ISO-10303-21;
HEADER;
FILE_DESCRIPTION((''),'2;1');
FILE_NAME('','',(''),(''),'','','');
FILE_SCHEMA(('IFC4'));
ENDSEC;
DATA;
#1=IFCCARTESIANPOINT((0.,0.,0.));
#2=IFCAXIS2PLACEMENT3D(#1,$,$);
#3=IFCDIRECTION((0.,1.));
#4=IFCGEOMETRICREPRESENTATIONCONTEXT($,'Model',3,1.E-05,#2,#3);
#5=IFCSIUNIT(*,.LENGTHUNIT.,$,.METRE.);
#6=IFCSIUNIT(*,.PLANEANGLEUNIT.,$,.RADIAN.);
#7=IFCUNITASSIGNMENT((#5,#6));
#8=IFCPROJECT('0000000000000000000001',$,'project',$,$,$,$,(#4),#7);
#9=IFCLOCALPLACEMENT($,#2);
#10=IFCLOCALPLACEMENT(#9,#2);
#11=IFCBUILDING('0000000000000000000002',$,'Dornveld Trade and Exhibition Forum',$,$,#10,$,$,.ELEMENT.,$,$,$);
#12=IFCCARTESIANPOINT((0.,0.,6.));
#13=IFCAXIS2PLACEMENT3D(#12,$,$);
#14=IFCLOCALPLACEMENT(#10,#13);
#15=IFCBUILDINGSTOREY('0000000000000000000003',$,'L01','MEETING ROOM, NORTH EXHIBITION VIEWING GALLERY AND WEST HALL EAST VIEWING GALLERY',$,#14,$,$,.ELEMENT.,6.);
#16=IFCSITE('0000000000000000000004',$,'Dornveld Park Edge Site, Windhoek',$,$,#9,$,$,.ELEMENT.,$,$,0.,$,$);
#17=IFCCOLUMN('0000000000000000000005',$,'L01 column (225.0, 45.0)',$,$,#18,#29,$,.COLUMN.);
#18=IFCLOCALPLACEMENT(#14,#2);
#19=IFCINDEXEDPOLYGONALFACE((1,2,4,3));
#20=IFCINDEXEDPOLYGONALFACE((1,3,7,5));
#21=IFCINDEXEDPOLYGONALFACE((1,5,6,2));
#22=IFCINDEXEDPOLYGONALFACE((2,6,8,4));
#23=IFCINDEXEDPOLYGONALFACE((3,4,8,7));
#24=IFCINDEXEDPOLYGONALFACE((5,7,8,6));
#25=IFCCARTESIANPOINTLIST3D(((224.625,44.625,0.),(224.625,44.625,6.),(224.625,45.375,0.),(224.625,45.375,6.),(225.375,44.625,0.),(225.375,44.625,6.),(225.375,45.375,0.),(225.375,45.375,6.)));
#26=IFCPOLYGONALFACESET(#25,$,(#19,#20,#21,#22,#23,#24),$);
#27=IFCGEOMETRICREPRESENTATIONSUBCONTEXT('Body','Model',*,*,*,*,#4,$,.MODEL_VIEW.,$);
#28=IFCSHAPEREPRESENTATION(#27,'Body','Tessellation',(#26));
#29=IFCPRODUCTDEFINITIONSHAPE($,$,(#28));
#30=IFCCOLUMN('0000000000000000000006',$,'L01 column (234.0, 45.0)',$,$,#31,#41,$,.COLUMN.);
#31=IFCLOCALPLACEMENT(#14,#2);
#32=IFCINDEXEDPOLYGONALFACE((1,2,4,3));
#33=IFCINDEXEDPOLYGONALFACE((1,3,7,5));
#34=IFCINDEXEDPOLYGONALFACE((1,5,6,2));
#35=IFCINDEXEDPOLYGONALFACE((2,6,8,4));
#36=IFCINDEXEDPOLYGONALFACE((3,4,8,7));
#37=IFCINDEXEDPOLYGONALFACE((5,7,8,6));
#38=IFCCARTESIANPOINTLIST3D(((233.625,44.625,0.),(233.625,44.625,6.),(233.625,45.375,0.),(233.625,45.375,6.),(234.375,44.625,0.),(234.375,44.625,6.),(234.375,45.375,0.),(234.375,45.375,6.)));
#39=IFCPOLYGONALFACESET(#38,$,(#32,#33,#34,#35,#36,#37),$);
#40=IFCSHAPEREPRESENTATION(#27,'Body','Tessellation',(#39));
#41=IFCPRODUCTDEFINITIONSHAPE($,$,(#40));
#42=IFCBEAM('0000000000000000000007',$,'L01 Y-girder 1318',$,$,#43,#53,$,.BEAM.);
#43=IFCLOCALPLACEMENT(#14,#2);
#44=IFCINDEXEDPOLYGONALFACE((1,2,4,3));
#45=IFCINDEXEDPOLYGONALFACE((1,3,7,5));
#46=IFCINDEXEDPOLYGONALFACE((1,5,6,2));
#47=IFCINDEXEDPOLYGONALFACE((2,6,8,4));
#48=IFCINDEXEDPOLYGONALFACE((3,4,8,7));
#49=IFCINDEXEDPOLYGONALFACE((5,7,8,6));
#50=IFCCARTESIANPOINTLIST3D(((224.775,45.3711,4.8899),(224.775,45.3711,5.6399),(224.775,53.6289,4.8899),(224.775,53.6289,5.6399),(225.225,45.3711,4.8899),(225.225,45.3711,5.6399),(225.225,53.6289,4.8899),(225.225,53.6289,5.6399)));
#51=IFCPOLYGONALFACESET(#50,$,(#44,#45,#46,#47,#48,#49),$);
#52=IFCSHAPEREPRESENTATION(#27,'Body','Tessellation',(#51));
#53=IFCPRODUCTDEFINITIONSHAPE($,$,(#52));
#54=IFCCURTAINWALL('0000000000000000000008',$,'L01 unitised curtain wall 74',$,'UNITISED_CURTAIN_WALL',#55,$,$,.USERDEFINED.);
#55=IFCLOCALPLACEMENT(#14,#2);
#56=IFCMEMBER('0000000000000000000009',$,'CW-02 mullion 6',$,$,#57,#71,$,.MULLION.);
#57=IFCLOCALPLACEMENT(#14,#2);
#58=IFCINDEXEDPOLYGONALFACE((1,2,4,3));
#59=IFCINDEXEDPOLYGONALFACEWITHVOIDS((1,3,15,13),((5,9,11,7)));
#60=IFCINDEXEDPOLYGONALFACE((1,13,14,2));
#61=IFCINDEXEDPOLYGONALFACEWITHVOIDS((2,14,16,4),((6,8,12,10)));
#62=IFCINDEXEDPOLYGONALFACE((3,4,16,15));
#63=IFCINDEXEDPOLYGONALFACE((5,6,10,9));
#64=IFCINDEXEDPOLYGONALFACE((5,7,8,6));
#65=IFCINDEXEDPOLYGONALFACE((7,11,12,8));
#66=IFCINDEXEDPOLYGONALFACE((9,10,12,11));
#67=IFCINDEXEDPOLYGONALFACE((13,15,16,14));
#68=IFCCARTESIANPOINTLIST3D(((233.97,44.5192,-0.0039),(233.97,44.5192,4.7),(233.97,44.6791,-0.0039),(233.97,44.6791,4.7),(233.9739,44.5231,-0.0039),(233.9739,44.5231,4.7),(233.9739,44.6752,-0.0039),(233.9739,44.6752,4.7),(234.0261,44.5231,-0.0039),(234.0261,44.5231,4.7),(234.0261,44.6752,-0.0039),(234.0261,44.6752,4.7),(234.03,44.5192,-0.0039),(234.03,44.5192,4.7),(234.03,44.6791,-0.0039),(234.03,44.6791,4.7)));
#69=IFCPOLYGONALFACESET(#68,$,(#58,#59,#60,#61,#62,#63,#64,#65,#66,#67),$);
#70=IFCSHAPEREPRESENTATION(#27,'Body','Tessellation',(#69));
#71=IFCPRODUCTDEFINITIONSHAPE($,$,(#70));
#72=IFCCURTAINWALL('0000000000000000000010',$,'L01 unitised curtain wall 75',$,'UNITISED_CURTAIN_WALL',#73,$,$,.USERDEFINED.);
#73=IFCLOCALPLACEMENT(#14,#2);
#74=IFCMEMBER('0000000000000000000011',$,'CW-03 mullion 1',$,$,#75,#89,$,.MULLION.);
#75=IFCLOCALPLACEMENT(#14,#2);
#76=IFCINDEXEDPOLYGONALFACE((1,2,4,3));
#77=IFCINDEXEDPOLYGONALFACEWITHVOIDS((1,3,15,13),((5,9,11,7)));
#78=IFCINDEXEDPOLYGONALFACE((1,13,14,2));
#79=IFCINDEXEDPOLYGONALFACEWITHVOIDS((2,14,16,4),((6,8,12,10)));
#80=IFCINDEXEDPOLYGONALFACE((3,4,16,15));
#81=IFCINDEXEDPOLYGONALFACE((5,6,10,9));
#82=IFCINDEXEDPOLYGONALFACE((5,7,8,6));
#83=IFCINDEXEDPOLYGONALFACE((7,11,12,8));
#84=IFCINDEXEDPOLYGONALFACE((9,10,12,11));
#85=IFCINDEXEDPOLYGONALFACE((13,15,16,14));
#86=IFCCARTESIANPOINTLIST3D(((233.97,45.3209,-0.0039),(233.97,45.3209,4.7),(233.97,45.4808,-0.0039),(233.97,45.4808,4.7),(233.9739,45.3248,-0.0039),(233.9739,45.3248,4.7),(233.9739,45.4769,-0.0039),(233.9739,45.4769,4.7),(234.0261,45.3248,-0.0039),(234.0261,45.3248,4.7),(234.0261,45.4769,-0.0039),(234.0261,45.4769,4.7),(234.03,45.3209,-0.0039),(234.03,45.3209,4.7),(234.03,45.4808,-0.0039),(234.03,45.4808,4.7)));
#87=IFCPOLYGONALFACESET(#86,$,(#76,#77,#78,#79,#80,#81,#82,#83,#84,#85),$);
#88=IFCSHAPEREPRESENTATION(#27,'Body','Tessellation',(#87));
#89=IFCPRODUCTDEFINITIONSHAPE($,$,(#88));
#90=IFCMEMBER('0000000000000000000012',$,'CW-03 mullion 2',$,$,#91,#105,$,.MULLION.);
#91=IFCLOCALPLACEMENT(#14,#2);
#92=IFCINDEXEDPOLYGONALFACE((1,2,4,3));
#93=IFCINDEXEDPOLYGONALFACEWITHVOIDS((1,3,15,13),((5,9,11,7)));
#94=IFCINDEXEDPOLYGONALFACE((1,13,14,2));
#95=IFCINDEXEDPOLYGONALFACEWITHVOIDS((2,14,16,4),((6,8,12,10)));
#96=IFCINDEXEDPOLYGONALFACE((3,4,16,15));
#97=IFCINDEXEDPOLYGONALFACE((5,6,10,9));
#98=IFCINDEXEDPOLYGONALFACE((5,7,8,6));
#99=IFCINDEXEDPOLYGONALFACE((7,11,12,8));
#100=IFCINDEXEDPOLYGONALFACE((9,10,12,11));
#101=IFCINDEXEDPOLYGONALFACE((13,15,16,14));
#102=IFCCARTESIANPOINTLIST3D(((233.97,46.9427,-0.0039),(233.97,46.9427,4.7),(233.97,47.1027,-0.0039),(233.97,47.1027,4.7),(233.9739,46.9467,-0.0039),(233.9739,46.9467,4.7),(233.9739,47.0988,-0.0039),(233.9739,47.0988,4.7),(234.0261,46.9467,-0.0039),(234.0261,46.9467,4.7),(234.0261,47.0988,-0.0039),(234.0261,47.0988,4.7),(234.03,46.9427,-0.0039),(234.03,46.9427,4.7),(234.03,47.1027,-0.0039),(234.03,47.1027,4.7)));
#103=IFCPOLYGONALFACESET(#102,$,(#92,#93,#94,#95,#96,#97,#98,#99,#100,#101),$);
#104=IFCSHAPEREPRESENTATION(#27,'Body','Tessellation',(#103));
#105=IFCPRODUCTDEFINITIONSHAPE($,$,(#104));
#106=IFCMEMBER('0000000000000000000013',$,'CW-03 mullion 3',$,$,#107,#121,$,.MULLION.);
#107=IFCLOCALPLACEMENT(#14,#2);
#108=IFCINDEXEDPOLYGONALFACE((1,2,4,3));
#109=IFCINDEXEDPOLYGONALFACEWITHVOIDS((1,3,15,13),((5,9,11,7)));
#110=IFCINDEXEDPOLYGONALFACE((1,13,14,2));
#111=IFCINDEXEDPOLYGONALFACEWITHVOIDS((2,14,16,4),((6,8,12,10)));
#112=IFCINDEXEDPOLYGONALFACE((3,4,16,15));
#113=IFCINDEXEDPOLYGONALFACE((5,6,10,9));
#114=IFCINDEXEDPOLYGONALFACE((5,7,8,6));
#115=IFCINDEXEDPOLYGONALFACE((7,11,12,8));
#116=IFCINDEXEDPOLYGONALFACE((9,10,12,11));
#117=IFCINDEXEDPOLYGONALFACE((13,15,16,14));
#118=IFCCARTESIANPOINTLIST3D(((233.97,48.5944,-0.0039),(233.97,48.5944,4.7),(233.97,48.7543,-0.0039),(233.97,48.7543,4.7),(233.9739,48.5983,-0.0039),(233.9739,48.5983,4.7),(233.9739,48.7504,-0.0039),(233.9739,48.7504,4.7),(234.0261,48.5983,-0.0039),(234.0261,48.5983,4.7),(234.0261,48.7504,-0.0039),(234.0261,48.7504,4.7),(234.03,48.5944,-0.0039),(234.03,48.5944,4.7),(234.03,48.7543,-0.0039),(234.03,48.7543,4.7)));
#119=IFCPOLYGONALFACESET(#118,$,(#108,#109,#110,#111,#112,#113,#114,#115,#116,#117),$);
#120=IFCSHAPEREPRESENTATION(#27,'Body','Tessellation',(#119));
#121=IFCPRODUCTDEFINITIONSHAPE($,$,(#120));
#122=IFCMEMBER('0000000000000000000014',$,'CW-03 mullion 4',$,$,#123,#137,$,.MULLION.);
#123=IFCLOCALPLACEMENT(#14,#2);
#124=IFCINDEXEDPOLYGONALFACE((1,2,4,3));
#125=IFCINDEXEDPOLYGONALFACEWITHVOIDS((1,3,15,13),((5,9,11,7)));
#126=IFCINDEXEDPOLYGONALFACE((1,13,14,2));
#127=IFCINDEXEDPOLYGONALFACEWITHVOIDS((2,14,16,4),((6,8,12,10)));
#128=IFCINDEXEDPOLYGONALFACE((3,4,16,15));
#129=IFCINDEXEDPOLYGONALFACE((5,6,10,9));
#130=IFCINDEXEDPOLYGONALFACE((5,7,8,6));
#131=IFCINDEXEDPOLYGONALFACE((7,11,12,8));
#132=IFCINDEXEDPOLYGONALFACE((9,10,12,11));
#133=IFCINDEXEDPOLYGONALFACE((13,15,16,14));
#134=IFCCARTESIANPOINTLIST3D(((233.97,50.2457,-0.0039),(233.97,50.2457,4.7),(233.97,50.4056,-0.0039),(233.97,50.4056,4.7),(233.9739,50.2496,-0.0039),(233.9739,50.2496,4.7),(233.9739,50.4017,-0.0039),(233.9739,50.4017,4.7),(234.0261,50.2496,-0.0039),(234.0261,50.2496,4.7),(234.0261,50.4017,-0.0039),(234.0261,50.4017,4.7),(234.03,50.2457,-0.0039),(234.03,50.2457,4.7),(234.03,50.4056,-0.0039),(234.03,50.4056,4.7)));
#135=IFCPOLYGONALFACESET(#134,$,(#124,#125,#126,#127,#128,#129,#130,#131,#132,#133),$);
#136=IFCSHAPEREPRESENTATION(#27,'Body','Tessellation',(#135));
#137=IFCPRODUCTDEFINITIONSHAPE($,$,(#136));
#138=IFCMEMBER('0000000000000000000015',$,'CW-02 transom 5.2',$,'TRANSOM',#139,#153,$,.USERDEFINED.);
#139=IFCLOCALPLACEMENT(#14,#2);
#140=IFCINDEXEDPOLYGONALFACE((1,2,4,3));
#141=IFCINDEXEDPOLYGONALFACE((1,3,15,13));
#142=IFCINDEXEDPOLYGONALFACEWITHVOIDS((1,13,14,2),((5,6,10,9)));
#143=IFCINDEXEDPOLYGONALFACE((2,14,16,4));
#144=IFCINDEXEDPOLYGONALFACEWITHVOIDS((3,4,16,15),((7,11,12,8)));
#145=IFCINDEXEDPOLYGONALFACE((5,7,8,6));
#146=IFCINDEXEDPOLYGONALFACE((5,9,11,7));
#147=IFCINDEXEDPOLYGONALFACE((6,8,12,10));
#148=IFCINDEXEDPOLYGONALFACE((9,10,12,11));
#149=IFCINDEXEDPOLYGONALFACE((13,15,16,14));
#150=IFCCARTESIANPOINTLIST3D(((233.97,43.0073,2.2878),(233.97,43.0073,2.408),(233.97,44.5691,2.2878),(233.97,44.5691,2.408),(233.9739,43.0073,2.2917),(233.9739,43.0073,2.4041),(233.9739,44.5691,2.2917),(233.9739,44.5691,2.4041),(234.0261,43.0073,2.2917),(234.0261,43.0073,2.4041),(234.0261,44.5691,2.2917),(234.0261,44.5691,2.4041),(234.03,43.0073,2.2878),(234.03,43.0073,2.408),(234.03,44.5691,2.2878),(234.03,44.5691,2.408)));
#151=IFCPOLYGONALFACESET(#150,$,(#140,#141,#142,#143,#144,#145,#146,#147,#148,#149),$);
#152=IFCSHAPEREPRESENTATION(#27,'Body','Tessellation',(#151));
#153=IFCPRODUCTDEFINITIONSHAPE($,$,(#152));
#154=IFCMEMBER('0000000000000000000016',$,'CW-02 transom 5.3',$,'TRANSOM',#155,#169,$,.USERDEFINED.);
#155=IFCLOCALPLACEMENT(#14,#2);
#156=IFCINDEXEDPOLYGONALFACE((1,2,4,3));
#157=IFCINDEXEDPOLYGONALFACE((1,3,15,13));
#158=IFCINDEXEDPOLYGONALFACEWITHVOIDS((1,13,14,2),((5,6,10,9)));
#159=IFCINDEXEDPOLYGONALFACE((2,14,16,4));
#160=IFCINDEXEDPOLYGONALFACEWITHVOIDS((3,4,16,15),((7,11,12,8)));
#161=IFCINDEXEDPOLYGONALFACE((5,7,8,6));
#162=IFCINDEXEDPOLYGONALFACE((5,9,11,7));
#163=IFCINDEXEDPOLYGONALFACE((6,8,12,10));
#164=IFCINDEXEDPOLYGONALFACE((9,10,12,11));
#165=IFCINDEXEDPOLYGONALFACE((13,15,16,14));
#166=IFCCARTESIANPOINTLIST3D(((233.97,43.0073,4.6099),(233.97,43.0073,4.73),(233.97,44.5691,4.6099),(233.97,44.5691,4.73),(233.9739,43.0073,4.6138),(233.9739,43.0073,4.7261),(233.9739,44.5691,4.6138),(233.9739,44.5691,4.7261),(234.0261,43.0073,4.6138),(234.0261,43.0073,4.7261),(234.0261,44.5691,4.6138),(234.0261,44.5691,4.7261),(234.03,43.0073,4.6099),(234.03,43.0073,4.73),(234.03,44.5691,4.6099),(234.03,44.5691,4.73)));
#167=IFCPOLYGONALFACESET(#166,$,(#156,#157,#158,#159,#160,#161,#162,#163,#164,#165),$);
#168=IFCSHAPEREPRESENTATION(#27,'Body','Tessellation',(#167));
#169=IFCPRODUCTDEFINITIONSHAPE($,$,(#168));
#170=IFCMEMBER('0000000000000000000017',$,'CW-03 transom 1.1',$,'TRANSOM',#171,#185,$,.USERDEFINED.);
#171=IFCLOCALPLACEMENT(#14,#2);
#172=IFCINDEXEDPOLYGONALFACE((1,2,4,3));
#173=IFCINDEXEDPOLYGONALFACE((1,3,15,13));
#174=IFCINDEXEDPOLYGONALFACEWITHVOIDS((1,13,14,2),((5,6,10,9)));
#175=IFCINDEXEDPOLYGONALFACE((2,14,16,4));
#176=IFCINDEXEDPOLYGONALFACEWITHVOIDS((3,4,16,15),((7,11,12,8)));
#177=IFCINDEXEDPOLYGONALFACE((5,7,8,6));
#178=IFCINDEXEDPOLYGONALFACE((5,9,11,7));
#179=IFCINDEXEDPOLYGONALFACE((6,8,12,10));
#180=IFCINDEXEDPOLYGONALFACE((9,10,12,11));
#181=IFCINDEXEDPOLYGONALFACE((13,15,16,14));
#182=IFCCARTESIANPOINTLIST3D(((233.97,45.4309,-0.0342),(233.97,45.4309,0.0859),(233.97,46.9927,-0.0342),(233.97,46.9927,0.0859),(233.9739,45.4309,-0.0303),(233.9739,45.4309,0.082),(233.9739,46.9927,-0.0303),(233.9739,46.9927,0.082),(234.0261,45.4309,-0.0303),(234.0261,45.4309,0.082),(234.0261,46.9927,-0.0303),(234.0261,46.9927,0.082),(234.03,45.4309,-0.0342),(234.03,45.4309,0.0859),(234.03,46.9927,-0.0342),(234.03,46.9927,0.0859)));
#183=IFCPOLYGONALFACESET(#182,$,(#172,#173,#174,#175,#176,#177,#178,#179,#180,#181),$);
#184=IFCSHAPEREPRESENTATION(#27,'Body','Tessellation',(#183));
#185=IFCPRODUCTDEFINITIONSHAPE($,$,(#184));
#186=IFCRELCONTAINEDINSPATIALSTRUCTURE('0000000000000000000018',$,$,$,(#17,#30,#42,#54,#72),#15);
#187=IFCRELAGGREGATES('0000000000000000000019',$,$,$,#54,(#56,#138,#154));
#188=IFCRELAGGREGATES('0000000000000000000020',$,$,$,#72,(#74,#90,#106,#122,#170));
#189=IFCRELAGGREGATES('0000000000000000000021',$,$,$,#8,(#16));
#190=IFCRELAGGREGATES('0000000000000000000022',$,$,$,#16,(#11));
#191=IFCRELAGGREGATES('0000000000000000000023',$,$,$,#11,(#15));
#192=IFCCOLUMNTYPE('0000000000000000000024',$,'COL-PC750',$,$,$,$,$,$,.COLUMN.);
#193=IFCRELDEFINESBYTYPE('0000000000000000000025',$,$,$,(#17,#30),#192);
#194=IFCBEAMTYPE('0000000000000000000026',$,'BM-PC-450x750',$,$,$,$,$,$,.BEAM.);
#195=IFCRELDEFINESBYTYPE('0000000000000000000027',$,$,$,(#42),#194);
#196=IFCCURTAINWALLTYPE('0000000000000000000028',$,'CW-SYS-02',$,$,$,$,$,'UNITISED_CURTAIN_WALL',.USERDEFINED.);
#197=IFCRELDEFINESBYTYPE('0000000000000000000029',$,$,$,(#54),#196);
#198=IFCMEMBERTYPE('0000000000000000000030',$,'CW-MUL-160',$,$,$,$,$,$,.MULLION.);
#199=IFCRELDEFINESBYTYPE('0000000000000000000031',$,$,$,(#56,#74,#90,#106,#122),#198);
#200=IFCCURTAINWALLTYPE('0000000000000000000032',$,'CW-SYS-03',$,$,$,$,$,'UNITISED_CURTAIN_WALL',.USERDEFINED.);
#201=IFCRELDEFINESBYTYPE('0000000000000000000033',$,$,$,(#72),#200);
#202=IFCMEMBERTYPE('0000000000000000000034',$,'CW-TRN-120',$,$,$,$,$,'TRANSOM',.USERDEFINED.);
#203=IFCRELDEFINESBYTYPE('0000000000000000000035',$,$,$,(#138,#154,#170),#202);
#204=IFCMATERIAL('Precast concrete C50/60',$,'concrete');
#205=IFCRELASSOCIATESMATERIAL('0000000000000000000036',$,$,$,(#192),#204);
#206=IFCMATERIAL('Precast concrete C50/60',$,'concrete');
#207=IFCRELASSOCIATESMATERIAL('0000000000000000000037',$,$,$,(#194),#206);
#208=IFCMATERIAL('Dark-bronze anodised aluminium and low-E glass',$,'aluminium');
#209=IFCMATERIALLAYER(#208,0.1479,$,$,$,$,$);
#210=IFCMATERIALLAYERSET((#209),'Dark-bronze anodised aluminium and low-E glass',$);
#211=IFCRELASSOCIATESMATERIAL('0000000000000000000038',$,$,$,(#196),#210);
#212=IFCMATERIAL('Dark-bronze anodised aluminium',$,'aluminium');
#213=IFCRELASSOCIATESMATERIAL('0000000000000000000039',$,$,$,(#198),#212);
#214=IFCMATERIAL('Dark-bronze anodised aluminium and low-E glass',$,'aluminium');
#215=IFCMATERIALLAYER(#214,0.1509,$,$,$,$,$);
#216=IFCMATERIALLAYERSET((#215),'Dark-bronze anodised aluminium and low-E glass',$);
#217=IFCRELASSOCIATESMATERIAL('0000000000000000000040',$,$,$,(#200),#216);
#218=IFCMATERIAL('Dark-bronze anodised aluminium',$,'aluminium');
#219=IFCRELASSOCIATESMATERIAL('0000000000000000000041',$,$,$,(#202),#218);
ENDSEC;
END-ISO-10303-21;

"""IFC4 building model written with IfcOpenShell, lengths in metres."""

from ifc_helpers import new_model, si_unit, direction, frame, origin, origin_2d, place, context, subcontext, project, spatial, rectangle, hollow_rectangle, extrude, material, layer, layer_set, material_profile, profile_set, type_object, element, aggregate, save


model = new_model("IFC4")

# Units and contexts
model_context = context("Model", 3, precision=1e-05, world=origin(), true_north=direction((0.0, 1.0)))
body_context = subcontext(model_context, "Body", "Model", "MODEL_VIEW")
ifc_project = project(units=[si_unit("LENGTHUNIT", "METRE"), si_unit("PLANEANGLEUNIT", "RADIAN")], contexts=[model_context])

# Site, building, storey
site_placement = place(None, origin())
site = spatial("IfcSite", under=ifc_project, at=site_placement, Name="Dornveld Park Edge Site, Windhoek", CompositionType="ELEMENT", RefElevation=0.0)
building_placement = place(site_placement, origin())
building = spatial("IfcBuilding", under=site, at=building_placement, Name="Dornveld Trade and Exhibition Forum", CompositionType="ELEMENT")
storey_placement = place(building_placement, frame((0.0, 0.0, 6.0)))
storey = spatial("IfcBuildingStorey", under=building, at=storey_placement, Name="L01", Description="MEETING ROOM, NORTH EXHIBITION VIEWING GALLERY AND WEST HALL EAST VIEWING GALLERY", CompositionType="ELEMENT", Elevation=6.0)

# Columns
ifc_material_1 = material(Name="Precast concrete C50/60", Category="concrete")
ifc_material_profile_1 = material_profile(ifc_material_1, rectangle(XDim=0.75, YDim=0.75, at=origin_2d()), Name="PC-COL 750x750")
ifc_profile_set_1 = profile_set([ifc_material_profile_1], Name="Precast concrete C50/60")
column_type = type_object("IfcColumnType", Name="COL-PC750", PredefinedType="COLUMN", material=ifc_profile_set_1)
for number, where, z_axis, x_axis, name in (
    (1, (225.0, 45.0, 0.0), (0.0, 0.0, 1.0), (1.0, 0.0, 0.0), "L01 column (225.0, 45.0)"),
    (2, (234.0, 45.0, 0.0), (0.0, 0.0, 1.0), (1.0, 0.0, 0.0), "L01 column (234.0, 45.0)"),
):
    element("IfcColumn", number, at=place(storey_placement, frame(where, z_axis=z_axis, x_axis=x_axis)), inside=storey, type_object=column_type, Name=name, PredefinedType="COLUMN", context=body_context, shape_type="SweptSolid", body=[
        extrude(rectangle(XDim=0.75, YDim=0.75, at=origin_2d()), origin(), (0.0, 0.0, 1.0), 6.0),
    ])

# Beam
ifc_material_2 = material(Name="Precast concrete C50/60", Category="concrete")
ifc_material_profile_2 = material_profile(ifc_material_2, rectangle(XDim=0.45, YDim=0.75, at=origin_2d()), Name="PC-BM 450x750")
ifc_profile_set_2 = profile_set([ifc_material_profile_2], Name="Precast concrete C50/60")
beam_type = type_object("IfcBeamType", Name="BM-PC-450x750", PredefinedType="BEAM", material=ifc_profile_set_2)
beam_placement = place(storey_placement, frame((225.0, 45.3711, 5.2649), z_axis=(0.0, 1.0, 0.0), x_axis=(-1.0, 0.0, 0.0)))
element("IfcBeam", 3, at=beam_placement, inside=storey, type_object=beam_type, Name="L01 Y-girder 1318", PredefinedType="BEAM", context=body_context, shape_type="SweptSolid", body=[
    extrude(rectangle(XDim=0.45, YDim=0.75, at=origin_2d()), origin(), (0.0, 0.0, 1.0), 8.2578),
])

# Curtain wall, member
ifc_material_3 = material(Name="Dark-bronze anodised aluminium and low-E glass", Category="aluminium")
ifc_layer_1 = layer(ifc_material_3, 0.1479)
ifc_layer_set_1 = layer_set([ifc_layer_1], Name="Dark-bronze anodised aluminium and low-E glass")
curtain_wall_type_1 = type_object("IfcCurtainWallType", Name="CW-SYS-02", ElementType="UNITISED_CURTAIN_WALL", PredefinedType="USERDEFINED", material=ifc_layer_set_1)
curtain_wall_1_placement = place(storey_placement, origin())
curtain_wall_1 = element("IfcCurtainWall", 4, at=curtain_wall_1_placement, inside=storey, type_object=curtain_wall_type_1, Name="L01 unitised curtain wall 74", ObjectType="UNITISED_CURTAIN_WALL", PredefinedType="USERDEFINED")
ifc_material_4 = material(Name="Dark-bronze anodised aluminium", Category="aluminium")
ifc_material_profile_3 = material_profile(ifc_material_4, hollow_rectangle(XDim=0.0601, YDim=0.1599, WallThickness=0.0039, at=origin_2d()), Name="RHS 160x60x4")
ifc_profile_set_3 = profile_set([ifc_material_profile_3], Name="Dark-bronze anodised aluminium")
member_type_1 = type_object("IfcMemberType", Name="CW-MUL-160", PredefinedType="MULLION", material=ifc_profile_set_3)
member_1_placement = place(storey_placement, frame((234.0, 44.5991, -0.0039), z_axis=(0.0, 0.0, 1.0), x_axis=(-1.0, 0.0, 0.0)))
member_1 = element("IfcMember", 5, at=member_1_placement, type_object=member_type_1, Name="CW-02 mullion 6", PredefinedType="MULLION", context=body_context, shape_type="SweptSolid", body=[
    extrude(hollow_rectangle(XDim=0.0601, YDim=0.1599, WallThickness=0.0039, at=origin_2d()), origin(), (0.0, 0.0, 1.0), 4.7039),
])

# Curtain wall, members
ifc_material_5 = material(Name="Dark-bronze anodised aluminium and low-E glass", Category="aluminium")
ifc_layer_2 = layer(ifc_material_5, 0.1509)
ifc_layer_set_2 = layer_set([ifc_layer_2], Name="Dark-bronze anodised aluminium and low-E glass")
curtain_wall_type_2 = type_object("IfcCurtainWallType", Name="CW-SYS-03", ElementType="UNITISED_CURTAIN_WALL", PredefinedType="USERDEFINED", material=ifc_layer_set_2)
curtain_wall_2_placement = place(storey_placement, origin())
curtain_wall_2 = element("IfcCurtainWall", 6, at=curtain_wall_2_placement, inside=storey, type_object=curtain_wall_type_2, Name="L01 unitised curtain wall 75", ObjectType="UNITISED_CURTAIN_WALL", PredefinedType="USERDEFINED")
member_2_placement = place(storey_placement, frame((234.0, 45.4009, -0.0039), z_axis=(0.0, 0.0, 1.0), x_axis=(-1.0, 0.0, 0.0)))
member_2 = element("IfcMember", 7, at=member_2_placement, type_object=member_type_1, Name="CW-03 mullion 1", PredefinedType="MULLION", context=body_context, shape_type="SweptSolid", body=[
    extrude(hollow_rectangle(XDim=0.0601, YDim=0.1599, WallThickness=0.0039, at=origin_2d()), origin(), (0.0, 0.0, 1.0), 4.7039),
])
member_3_placement = place(storey_placement, frame((234.0, 47.0227, -0.0039), z_axis=(0.0, 0.0, 1.0), x_axis=(-1.0, 0.0, 0.0)))
member_3 = element("IfcMember", 8, at=member_3_placement, type_object=member_type_1, Name="CW-03 mullion 2", PredefinedType="MULLION", context=body_context, shape_type="SweptSolid", body=[
    extrude(hollow_rectangle(XDim=0.0601, YDim=0.1599, WallThickness=0.0039, at=origin_2d()), origin(), (0.0, 0.0, 1.0), 4.7039),
])
member_4_placement = place(storey_placement, frame((234.0, 48.6743, -0.0039), z_axis=(0.0, 0.0, 1.0), x_axis=(-1.0, 0.0, 0.0)))
member_4 = element("IfcMember", 9, at=member_4_placement, type_object=member_type_1, Name="CW-03 mullion 3", PredefinedType="MULLION", context=body_context, shape_type="SweptSolid", body=[
    extrude(hollow_rectangle(XDim=0.0601, YDim=0.1599, WallThickness=0.0039, at=origin_2d()), origin(), (0.0, 0.0, 1.0), 4.7039),
])
member_5_placement = place(storey_placement, frame((234.0, 50.3257, -0.0039), z_axis=(0.0, 0.0, 1.0), x_axis=(-1.0, 0.0, 0.0)))
member_5 = element("IfcMember", 10, at=member_5_placement, type_object=member_type_1, Name="CW-03 mullion 4", PredefinedType="MULLION", context=body_context, shape_type="SweptSolid", body=[
    extrude(hollow_rectangle(XDim=0.0601, YDim=0.1599, WallThickness=0.0039, at=origin_2d()), origin(), (0.0, 0.0, 1.0), 4.7039),
])

# Members
ifc_material_6 = material(Name="Dark-bronze anodised aluminium", Category="aluminium")
ifc_material_profile_4 = material_profile(ifc_material_6, hollow_rectangle(XDim=0.0601, YDim=0.1201, WallThickness=0.0039, at=origin_2d()), Name="RHS 120x60x4")
ifc_profile_set_4 = profile_set([ifc_material_profile_4], Name="Dark-bronze anodised aluminium")
member_type_2 = type_object("IfcMemberType", Name="CW-TRN-120", ElementType="TRANSOM", PredefinedType="USERDEFINED", material=ifc_profile_set_4)
member_6_placement = place(storey_placement, frame((234.0, 43.0073, 2.3479), z_axis=(0.0, 1.0, 0.0), x_axis=(-1.0, 0.0, 0.0)))
member_6 = element("IfcMember", 11, at=member_6_placement, type_object=member_type_2, Name="CW-02 transom 5.2", ObjectType="TRANSOM", PredefinedType="USERDEFINED", context=body_context, shape_type="SweptSolid", body=[
    extrude(hollow_rectangle(XDim=0.0601, YDim=0.1201, WallThickness=0.0039, at=origin_2d()), origin(), (0.0, 0.0, 1.0), 1.5618),
])
member_7_placement = place(storey_placement, frame((234.0, 43.0073, 4.6699), z_axis=(0.0, 1.0, 0.0), x_axis=(-1.0, 0.0, 0.0)))
member_7 = element("IfcMember", 12, at=member_7_placement, type_object=member_type_2, Name="CW-02 transom 5.3", ObjectType="TRANSOM", PredefinedType="USERDEFINED", context=body_context, shape_type="SweptSolid", body=[
    extrude(hollow_rectangle(XDim=0.0601, YDim=0.1201, WallThickness=0.0039, at=origin_2d()), origin(), (0.0, 0.0, 1.0), 1.5618),
])
member_8_placement = place(storey_placement, frame((234.0, 45.4309, 0.0259), z_axis=(0.0, 1.0, 0.0), x_axis=(-1.0, 0.0, 0.0)))
member_8 = element("IfcMember", 13, at=member_8_placement, type_object=member_type_2, Name="CW-03 transom 1.1", ObjectType="TRANSOM", PredefinedType="USERDEFINED", context=body_context, shape_type="SweptSolid", body=[
    extrude(hollow_rectangle(XDim=0.0601, YDim=0.1201, WallThickness=0.0039, at=origin_2d()), origin(), (0.0, 0.0, 1.0), 1.5618),
])

aggregate(curtain_wall_1, [member_1, member_6, member_7])
aggregate(curtain_wall_2, [member_2, member_3, member_4, member_5, member_8])

save(model, "model.ifc")
